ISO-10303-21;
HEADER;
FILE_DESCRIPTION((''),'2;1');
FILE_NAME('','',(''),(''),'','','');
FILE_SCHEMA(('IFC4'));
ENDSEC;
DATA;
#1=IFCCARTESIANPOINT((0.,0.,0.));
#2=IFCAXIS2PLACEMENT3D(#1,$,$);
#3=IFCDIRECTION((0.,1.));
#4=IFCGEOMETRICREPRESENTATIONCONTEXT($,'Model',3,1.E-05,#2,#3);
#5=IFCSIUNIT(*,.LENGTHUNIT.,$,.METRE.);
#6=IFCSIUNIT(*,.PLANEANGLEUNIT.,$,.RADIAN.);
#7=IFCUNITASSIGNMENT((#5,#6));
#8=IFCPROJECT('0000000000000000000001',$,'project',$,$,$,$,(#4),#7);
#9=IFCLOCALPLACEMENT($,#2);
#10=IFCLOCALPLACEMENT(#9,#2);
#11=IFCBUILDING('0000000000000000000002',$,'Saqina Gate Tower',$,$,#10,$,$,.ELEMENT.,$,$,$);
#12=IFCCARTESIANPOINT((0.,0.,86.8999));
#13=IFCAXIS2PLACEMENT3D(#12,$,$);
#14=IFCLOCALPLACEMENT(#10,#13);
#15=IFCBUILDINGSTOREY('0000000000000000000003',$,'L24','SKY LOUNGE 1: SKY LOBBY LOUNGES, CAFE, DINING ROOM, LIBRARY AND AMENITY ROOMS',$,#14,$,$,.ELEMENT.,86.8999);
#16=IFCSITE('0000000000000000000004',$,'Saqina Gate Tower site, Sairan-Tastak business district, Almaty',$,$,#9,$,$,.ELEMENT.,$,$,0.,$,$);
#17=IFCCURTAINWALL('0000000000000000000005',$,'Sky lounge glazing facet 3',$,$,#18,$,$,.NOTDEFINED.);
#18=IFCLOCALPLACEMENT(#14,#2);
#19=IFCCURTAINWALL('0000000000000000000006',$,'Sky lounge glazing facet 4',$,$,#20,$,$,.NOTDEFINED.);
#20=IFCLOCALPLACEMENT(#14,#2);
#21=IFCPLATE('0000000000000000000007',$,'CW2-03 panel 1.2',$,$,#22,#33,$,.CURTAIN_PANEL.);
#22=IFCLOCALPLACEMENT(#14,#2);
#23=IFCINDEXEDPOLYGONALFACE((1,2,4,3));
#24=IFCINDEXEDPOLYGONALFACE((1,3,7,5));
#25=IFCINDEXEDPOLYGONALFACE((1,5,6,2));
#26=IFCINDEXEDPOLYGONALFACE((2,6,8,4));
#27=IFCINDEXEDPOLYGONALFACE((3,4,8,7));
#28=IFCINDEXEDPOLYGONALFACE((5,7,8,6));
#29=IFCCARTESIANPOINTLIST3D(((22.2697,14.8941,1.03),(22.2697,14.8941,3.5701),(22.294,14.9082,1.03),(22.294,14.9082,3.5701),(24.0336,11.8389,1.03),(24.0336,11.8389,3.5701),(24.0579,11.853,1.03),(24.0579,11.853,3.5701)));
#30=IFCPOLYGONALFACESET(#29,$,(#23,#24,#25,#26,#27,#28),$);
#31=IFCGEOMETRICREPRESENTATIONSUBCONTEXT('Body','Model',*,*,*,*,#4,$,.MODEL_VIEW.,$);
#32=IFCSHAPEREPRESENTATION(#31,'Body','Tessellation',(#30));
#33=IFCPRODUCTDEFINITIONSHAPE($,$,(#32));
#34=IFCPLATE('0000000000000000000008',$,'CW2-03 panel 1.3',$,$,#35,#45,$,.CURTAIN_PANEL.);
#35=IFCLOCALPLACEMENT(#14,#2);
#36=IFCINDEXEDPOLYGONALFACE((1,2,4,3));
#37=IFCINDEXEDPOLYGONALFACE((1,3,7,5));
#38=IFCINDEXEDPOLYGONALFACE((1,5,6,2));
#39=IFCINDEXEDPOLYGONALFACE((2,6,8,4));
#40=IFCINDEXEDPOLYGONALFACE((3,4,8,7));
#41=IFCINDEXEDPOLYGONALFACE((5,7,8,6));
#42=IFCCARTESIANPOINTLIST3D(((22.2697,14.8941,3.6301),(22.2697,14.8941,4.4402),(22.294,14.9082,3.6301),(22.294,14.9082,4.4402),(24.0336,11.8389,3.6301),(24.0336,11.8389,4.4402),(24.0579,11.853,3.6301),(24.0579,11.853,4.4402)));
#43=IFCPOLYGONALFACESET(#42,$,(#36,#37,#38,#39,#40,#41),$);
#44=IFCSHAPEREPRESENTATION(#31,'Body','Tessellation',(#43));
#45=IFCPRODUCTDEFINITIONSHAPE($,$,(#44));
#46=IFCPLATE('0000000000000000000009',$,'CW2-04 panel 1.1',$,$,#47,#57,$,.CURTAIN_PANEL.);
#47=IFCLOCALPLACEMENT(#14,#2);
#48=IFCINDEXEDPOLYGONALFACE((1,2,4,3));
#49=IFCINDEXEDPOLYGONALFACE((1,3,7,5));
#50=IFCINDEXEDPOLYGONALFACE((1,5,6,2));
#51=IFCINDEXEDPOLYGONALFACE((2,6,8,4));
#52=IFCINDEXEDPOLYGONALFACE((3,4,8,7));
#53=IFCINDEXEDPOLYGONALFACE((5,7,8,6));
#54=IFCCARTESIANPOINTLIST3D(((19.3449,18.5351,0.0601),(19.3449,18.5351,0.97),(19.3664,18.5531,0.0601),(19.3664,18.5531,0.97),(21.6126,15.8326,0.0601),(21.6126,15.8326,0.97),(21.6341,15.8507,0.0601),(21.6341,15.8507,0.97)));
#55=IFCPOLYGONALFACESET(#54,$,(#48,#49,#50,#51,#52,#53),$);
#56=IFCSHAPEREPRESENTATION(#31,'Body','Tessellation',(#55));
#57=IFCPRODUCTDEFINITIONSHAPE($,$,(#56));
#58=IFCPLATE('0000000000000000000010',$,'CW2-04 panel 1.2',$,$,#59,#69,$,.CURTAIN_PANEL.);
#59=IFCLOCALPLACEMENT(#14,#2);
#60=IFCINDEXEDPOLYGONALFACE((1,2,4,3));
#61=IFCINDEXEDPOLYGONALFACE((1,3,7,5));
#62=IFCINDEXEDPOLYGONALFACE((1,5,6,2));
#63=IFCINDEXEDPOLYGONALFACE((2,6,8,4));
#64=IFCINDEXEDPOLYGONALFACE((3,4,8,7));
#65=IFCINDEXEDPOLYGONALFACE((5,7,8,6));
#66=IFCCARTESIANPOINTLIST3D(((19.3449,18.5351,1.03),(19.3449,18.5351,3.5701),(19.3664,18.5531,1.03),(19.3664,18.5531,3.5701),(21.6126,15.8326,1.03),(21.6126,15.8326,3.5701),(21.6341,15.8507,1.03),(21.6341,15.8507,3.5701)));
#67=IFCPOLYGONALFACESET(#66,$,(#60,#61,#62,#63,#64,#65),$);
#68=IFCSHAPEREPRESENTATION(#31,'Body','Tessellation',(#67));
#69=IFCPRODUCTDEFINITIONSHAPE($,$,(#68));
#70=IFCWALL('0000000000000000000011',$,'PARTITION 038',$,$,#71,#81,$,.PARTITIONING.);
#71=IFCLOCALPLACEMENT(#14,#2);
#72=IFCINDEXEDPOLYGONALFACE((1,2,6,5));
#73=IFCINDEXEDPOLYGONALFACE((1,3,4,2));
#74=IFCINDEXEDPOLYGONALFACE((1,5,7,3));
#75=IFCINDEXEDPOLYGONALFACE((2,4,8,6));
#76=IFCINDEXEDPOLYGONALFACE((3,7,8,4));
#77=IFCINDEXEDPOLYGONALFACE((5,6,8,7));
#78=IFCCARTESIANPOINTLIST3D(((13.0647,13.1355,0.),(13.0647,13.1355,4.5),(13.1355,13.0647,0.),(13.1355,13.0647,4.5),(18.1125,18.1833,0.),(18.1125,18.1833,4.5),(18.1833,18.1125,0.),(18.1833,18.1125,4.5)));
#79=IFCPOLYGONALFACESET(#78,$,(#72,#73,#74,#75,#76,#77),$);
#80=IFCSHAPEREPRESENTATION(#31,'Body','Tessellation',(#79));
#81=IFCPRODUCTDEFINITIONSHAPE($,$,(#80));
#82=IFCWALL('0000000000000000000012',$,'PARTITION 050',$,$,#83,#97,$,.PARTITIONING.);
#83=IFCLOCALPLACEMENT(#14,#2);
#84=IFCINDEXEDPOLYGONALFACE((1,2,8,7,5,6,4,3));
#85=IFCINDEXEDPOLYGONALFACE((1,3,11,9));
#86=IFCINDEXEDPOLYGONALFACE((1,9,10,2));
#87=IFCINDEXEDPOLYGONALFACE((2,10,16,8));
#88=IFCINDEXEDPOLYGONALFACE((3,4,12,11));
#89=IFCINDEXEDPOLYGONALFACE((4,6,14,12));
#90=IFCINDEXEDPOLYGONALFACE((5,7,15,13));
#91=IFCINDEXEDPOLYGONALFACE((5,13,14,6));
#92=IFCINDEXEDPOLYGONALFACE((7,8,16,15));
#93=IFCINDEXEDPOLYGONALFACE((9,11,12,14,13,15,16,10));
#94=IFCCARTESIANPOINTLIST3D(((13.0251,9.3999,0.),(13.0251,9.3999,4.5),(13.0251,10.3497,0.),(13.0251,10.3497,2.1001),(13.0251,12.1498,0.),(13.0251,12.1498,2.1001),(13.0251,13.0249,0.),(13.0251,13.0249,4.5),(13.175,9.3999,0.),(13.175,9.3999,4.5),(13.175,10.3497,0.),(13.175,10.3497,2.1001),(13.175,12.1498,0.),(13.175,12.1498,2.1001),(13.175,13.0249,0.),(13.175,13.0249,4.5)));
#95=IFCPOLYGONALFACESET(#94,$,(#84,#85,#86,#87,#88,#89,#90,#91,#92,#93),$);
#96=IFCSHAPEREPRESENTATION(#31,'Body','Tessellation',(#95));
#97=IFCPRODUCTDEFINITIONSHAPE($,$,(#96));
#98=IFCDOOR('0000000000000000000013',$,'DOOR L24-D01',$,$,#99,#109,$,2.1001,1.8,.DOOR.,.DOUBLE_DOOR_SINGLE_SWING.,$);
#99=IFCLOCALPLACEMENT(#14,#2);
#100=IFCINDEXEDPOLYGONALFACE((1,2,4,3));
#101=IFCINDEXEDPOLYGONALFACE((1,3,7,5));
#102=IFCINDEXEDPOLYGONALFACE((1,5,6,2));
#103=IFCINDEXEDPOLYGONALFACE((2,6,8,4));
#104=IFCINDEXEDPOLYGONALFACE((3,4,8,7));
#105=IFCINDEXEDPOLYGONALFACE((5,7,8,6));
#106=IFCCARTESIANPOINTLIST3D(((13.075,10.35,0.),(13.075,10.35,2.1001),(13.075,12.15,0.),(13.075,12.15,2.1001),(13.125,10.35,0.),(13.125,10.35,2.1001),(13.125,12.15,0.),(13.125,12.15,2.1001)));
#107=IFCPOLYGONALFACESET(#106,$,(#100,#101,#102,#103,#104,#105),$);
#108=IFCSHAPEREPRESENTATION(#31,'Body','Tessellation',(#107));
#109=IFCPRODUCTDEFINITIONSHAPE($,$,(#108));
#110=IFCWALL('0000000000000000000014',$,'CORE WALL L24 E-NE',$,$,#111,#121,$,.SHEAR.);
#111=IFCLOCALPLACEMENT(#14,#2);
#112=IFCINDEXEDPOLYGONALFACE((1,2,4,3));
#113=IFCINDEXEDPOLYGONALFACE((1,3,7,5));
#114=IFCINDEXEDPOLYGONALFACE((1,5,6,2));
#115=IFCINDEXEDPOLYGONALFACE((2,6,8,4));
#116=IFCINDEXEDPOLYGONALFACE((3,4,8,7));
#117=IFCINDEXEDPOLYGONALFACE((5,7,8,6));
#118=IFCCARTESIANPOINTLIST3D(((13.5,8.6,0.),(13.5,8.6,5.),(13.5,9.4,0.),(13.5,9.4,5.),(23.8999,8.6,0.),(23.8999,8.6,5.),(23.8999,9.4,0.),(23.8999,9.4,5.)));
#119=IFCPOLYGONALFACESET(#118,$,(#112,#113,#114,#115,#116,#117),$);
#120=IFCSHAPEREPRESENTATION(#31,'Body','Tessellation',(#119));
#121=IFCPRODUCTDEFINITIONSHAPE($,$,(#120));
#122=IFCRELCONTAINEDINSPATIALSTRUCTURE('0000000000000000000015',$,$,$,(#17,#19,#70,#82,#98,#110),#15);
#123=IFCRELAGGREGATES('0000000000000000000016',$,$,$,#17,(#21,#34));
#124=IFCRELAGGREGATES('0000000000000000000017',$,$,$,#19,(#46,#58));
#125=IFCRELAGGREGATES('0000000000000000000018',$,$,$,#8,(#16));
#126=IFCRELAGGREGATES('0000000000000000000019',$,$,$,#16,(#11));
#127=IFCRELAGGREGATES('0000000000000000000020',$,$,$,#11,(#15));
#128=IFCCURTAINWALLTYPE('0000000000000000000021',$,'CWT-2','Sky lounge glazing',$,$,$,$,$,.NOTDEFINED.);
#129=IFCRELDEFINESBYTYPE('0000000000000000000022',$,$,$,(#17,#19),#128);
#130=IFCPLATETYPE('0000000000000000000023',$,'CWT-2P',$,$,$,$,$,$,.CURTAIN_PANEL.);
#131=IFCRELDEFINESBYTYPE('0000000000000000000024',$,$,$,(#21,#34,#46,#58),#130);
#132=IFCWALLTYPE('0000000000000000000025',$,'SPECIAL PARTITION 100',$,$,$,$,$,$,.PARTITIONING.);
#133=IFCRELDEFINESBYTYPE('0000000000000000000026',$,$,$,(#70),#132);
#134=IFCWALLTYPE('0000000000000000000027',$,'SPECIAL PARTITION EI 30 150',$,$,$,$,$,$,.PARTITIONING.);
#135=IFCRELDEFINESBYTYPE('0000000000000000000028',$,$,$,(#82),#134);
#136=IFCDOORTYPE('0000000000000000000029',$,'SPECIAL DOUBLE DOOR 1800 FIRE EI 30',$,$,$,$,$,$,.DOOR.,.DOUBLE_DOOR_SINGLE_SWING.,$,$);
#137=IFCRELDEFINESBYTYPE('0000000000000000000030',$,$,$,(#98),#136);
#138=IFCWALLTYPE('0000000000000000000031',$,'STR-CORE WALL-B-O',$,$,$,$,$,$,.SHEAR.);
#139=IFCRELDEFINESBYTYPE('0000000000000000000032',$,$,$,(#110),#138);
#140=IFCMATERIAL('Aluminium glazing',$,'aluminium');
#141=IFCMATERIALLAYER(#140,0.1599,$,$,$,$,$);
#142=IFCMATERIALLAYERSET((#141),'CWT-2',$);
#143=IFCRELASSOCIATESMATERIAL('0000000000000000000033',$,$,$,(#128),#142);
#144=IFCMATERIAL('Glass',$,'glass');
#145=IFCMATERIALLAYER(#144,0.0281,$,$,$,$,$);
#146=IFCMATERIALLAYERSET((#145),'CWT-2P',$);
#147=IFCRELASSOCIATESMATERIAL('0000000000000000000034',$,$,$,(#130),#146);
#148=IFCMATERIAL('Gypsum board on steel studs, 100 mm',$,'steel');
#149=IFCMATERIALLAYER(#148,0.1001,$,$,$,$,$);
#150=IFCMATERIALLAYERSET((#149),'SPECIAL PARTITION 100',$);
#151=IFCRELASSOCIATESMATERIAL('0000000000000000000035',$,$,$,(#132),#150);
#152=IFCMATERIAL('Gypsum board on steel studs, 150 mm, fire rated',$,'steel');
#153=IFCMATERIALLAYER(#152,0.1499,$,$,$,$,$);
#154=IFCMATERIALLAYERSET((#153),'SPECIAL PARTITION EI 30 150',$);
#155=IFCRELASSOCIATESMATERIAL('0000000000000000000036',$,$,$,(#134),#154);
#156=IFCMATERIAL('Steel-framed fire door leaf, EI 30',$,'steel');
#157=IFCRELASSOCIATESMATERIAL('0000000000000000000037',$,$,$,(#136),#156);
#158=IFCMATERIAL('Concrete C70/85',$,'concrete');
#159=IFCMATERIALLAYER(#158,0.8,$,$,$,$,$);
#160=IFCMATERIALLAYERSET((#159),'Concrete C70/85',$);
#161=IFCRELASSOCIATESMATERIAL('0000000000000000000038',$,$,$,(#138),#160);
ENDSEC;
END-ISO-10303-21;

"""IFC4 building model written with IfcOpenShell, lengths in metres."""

from ifc_helpers import new_model, si_unit, direction, frame, frame_2d, origin, origin_2d, place, context, subcontext, project, spatial, rectangle, extrude, material, layer, layer_set, type_object, element, fill, aggregate, save


model = new_model("IFC4")

# Units and contexts
model_context = context("Model", 3, precision=1e-05, world=origin(), true_north=direction((0.0, 1.0)))
body_context = subcontext(model_context, "Body", "Model", "MODEL_VIEW")
ifc_project = project(units=[si_unit("LENGTHUNIT", "METRE"), si_unit("PLANEANGLEUNIT", "RADIAN")], contexts=[model_context])

# Site, building, storey
site_placement = place(None, origin())
site = spatial("IfcSite", under=ifc_project, at=site_placement, Name="Saqina Gate Tower site, Sairan-Tastak business district, Almaty", CompositionType="ELEMENT", RefElevation=0.0)
building_placement = place(site_placement, origin())
building = spatial("IfcBuilding", under=site, at=building_placement, Name="Saqina Gate Tower", CompositionType="ELEMENT")
storey_placement = place(building_placement, frame((0.0, 0.0, 86.8999)))
storey = spatial("IfcBuildingStorey", under=building, at=storey_placement, Name="L24", Description="SKY LOUNGE 1: SKY LOBBY LOUNGES, CAFE, DINING ROOM, LIBRARY AND AMENITY ROOMS", CompositionType="ELEMENT", Elevation=86.8999)

# Curtain wall
ifc_material_1 = material(Name="Aluminium glazing", Category="aluminium")
ifc_layer_1 = layer(ifc_material_1, 0.1599)
ifc_layer_set_1 = layer_set([ifc_layer_1], Name="CWT-2")
curtain_wall_type = type_object("IfcCurtainWallType", Name="CWT-2", Description="Sky lounge glazing", PredefinedType="NOTDEFINED", material=ifc_layer_set_1)
curtain_wall_1_placement = place(storey_placement, origin())
curtain_wall_1 = element("IfcCurtainWall", 1, at=curtain_wall_1_placement, inside=storey, type_object=curtain_wall_type, Name="Sky lounge glazing facet 3", PredefinedType="NOTDEFINED")

# Curtain wall
curtain_wall_2_placement = place(storey_placement, origin())
curtain_wall_2 = element("IfcCurtainWall", 2, at=curtain_wall_2_placement, inside=storey, type_object=curtain_wall_type, Name="Sky lounge glazing facet 4", PredefinedType="NOTDEFINED")

# Plates
ifc_material_2 = material(Name="Glass", Category="glass")
ifc_layer_2 = layer(ifc_material_2, 0.0281)
ifc_layer_set_2 = layer_set([ifc_layer_2], Name="CWT-2P")
plate_type = type_object("IfcPlateType", Name="CWT-2P", PredefinedType="CURTAIN_PANEL", material=ifc_layer_set_2)
plate_1_placement = place(storey_placement, frame((23.1638, 13.3735, 1.03), z_axis=(0.0, 0.0, 1.0), x_axis=(-0.499999, 0.866026, 0.0)))
plate_1 = element("IfcPlate", 3, at=plate_1_placement, type_object=plate_type, Name="CW2-03 panel 1.2", PredefinedType="CURTAIN_PANEL", context=body_context, shape_type="SweptSolid", body=[
    extrude(rectangle(XDim=3.5278, YDim=0.0281, at=origin_2d()), origin(), (0.0, 0.0, 1.0), 2.54),
])
plate_2_placement = place(storey_placement, frame((23.1638, 13.3735, 3.6301), z_axis=(0.0, 0.0, 1.0), x_axis=(-0.499999, 0.866026, 0.0)))
plate_2 = element("IfcPlate", 4, at=plate_2_placement, type_object=plate_type, Name="CW2-03 panel 1.3", PredefinedType="CURTAIN_PANEL", context=body_context, shape_type="SweptSolid", body=[
    extrude(rectangle(XDim=3.5278, YDim=0.0281, at=origin_2d()), origin(), (0.0, 0.0, 1.0), 0.8101),
])
aggregate(curtain_wall_1, [plate_1, plate_2])
plate_3_placement = place(storey_placement, frame((20.4895, 17.1929, 0.0601), z_axis=(0.0, 0.0, 1.0), x_axis=(-0.642791, 0.766042, 0.0)))
plate_3 = element("IfcPlate", 5, at=plate_3_placement, type_object=plate_type, Name="CW2-04 panel 1.1", PredefinedType="CURTAIN_PANEL", context=body_context, shape_type="SweptSolid", body=[
    extrude(rectangle(XDim=3.5278, YDim=0.0281, at=origin_2d()), origin(), (0.0, 0.0, 1.0), 0.9099),
])
plate_4_placement = place(storey_placement, frame((20.4895, 17.1929, 1.03), z_axis=(0.0, 0.0, 1.0), x_axis=(-0.642791, 0.766042, 0.0)))
plate_4 = element("IfcPlate", 6, at=plate_4_placement, type_object=plate_type, Name="CW2-04 panel 1.2", PredefinedType="CURTAIN_PANEL", context=body_context, shape_type="SweptSolid", body=[
    extrude(rectangle(XDim=3.5278, YDim=0.0281, at=origin_2d()), origin(), (0.0, 0.0, 1.0), 2.54),
])
aggregate(curtain_wall_2, [plate_3, plate_4])

# Wall
ifc_material_3 = material(Name="Gypsum board on steel studs, 100 mm", Category="steel")
ifc_layer_3 = layer(ifc_material_3, 0.1001)
ifc_layer_set_3 = layer_set([ifc_layer_3], Name="SPECIAL PARTITION 100")
wall_type_1 = type_object("IfcWallType", Name="SPECIAL PARTITION 100", PredefinedType="PARTITIONING", material=ifc_layer_set_3)
wall_1_placement = place(storey_placement, frame((13.1001, 13.1001, 0.0), z_axis=(0.0, 0.0, 1.0), x_axis=(0.707107, 0.707107, 0.0)))
element("IfcWall", 7, at=wall_1_placement, inside=storey, type_object=wall_type_1, Name="PARTITION 038", PredefinedType="PARTITIONING", context=body_context, shape_type="SweptSolid", body=[
    extrude(rectangle(XDim=7.1387, YDim=0.1001, at=frame_2d((3.5693, 0.0))), origin(), (0.0, 0.0, 1.0), 4.5),
])

# Wall, opening, door
ifc_material_4 = material(Name="Gypsum board on steel studs, 150 mm, fire rated", Category="steel")
ifc_layer_4 = layer(ifc_material_4, 0.1499)
ifc_layer_set_4 = layer_set([ifc_layer_4], Name="SPECIAL PARTITION EI 30 150")
wall_type_2 = type_object("IfcWallType", Name="SPECIAL PARTITION EI 30 150", PredefinedType="PARTITIONING", material=ifc_layer_set_4)
wall_2_placement = place(storey_placement, frame((13.1001, 9.3999, 0.0), z_axis=(0.0, 0.0, 1.0), x_axis=(0.0, 1.0, 0.0)))
wall_2 = element("IfcWall", 8, at=wall_2_placement, inside=storey, type_object=wall_type_2, Name="PARTITION 050", PredefinedType="PARTITIONING", context=body_context, shape_type="SweptSolid", body=[
    extrude(rectangle(XDim=3.625, YDim=0.1499, at=frame_2d((1.8125, 0.0))), origin(), (0.0, 0.0, 1.0), 4.5),
])
opening_placement = place(wall_2_placement, frame((0.95, 0.0, 0.0)))
opening = element("IfcOpeningElement", 9, at=opening_placement, cuts=wall_2, PredefinedType="OPENING", context=body_context, shape_type="SweptSolid", body=[
    extrude(rectangle(XDim=1.8, YDim=2.1001, at=frame_2d((0.8999, 1.05))), frame((0.0, 0.0869, 0.0), z_axis=(0.0, -1.0, 0.0), x_axis=(1.0, 0.0, 0.0)), (0.0, 0.0, 1.0), 0.1738),
])
ifc_material_5 = material(Name="Steel-framed fire door leaf, EI 30", Category="steel")
door_type = type_object("IfcDoorType", Name="SPECIAL DOUBLE DOOR 1800 FIRE EI 30", OperationType="DOUBLE_DOOR_SINGLE_SWING", PredefinedType="DOOR", material=ifc_material_5)
door_placement = place(opening_placement, frame((1.8, 0.0, 0.0), z_axis=(0.0, 0.0, 1.0), x_axis=(-1.0, 0.0, 0.0)))
door = element("IfcDoor", 10, at=door_placement, inside=storey, type_object=door_type, Name="DOOR L24-D01", OperationType="DOUBLE_DOOR_SINGLE_SWING", OverallHeight=2.1001, OverallWidth=1.8, PredefinedType="DOOR", context=body_context, shape_type="SweptSolid", body=[
    extrude(rectangle(XDim=1.8, YDim=2.1001, at=frame_2d((0.8999, 1.05))), frame((0.0, 0.0249, 0.0), z_axis=(0.0, -1.0, 0.0), x_axis=(1.0, 0.0, 0.0)), (0.0, 0.0, 1.0), 0.05),
])
fill(opening, door)

# Wall
ifc_material_6 = material(Name="Concrete C70/85", Category="concrete")
ifc_layer_5 = layer(ifc_material_6, 0.8)
ifc_layer_set_5 = layer_set([ifc_layer_5], Name="Concrete C70/85")
wall_type_3 = type_object("IfcWallType", Name="STR-CORE WALL-B-O", PredefinedType="SHEAR", material=ifc_layer_set_5)
wall_3_placement = place(storey_placement, frame((13.5, 9.0, 0.0), z_axis=(0.0, 0.0, 1.0), x_axis=(1.0, 0.0, 0.0)))
element("IfcWall", 11, at=wall_3_placement, inside=storey, type_object=wall_type_3, Name="CORE WALL L24 E-NE", PredefinedType="SHEAR", context=body_context, shape_type="SweptSolid", body=[
    extrude(rectangle(XDim=10.3999, YDim=0.8, at=frame_2d((5.2, 0.0))), origin(), (0.0, 0.0, 1.0), 5.0),
])

save(model, "model.ifc")
